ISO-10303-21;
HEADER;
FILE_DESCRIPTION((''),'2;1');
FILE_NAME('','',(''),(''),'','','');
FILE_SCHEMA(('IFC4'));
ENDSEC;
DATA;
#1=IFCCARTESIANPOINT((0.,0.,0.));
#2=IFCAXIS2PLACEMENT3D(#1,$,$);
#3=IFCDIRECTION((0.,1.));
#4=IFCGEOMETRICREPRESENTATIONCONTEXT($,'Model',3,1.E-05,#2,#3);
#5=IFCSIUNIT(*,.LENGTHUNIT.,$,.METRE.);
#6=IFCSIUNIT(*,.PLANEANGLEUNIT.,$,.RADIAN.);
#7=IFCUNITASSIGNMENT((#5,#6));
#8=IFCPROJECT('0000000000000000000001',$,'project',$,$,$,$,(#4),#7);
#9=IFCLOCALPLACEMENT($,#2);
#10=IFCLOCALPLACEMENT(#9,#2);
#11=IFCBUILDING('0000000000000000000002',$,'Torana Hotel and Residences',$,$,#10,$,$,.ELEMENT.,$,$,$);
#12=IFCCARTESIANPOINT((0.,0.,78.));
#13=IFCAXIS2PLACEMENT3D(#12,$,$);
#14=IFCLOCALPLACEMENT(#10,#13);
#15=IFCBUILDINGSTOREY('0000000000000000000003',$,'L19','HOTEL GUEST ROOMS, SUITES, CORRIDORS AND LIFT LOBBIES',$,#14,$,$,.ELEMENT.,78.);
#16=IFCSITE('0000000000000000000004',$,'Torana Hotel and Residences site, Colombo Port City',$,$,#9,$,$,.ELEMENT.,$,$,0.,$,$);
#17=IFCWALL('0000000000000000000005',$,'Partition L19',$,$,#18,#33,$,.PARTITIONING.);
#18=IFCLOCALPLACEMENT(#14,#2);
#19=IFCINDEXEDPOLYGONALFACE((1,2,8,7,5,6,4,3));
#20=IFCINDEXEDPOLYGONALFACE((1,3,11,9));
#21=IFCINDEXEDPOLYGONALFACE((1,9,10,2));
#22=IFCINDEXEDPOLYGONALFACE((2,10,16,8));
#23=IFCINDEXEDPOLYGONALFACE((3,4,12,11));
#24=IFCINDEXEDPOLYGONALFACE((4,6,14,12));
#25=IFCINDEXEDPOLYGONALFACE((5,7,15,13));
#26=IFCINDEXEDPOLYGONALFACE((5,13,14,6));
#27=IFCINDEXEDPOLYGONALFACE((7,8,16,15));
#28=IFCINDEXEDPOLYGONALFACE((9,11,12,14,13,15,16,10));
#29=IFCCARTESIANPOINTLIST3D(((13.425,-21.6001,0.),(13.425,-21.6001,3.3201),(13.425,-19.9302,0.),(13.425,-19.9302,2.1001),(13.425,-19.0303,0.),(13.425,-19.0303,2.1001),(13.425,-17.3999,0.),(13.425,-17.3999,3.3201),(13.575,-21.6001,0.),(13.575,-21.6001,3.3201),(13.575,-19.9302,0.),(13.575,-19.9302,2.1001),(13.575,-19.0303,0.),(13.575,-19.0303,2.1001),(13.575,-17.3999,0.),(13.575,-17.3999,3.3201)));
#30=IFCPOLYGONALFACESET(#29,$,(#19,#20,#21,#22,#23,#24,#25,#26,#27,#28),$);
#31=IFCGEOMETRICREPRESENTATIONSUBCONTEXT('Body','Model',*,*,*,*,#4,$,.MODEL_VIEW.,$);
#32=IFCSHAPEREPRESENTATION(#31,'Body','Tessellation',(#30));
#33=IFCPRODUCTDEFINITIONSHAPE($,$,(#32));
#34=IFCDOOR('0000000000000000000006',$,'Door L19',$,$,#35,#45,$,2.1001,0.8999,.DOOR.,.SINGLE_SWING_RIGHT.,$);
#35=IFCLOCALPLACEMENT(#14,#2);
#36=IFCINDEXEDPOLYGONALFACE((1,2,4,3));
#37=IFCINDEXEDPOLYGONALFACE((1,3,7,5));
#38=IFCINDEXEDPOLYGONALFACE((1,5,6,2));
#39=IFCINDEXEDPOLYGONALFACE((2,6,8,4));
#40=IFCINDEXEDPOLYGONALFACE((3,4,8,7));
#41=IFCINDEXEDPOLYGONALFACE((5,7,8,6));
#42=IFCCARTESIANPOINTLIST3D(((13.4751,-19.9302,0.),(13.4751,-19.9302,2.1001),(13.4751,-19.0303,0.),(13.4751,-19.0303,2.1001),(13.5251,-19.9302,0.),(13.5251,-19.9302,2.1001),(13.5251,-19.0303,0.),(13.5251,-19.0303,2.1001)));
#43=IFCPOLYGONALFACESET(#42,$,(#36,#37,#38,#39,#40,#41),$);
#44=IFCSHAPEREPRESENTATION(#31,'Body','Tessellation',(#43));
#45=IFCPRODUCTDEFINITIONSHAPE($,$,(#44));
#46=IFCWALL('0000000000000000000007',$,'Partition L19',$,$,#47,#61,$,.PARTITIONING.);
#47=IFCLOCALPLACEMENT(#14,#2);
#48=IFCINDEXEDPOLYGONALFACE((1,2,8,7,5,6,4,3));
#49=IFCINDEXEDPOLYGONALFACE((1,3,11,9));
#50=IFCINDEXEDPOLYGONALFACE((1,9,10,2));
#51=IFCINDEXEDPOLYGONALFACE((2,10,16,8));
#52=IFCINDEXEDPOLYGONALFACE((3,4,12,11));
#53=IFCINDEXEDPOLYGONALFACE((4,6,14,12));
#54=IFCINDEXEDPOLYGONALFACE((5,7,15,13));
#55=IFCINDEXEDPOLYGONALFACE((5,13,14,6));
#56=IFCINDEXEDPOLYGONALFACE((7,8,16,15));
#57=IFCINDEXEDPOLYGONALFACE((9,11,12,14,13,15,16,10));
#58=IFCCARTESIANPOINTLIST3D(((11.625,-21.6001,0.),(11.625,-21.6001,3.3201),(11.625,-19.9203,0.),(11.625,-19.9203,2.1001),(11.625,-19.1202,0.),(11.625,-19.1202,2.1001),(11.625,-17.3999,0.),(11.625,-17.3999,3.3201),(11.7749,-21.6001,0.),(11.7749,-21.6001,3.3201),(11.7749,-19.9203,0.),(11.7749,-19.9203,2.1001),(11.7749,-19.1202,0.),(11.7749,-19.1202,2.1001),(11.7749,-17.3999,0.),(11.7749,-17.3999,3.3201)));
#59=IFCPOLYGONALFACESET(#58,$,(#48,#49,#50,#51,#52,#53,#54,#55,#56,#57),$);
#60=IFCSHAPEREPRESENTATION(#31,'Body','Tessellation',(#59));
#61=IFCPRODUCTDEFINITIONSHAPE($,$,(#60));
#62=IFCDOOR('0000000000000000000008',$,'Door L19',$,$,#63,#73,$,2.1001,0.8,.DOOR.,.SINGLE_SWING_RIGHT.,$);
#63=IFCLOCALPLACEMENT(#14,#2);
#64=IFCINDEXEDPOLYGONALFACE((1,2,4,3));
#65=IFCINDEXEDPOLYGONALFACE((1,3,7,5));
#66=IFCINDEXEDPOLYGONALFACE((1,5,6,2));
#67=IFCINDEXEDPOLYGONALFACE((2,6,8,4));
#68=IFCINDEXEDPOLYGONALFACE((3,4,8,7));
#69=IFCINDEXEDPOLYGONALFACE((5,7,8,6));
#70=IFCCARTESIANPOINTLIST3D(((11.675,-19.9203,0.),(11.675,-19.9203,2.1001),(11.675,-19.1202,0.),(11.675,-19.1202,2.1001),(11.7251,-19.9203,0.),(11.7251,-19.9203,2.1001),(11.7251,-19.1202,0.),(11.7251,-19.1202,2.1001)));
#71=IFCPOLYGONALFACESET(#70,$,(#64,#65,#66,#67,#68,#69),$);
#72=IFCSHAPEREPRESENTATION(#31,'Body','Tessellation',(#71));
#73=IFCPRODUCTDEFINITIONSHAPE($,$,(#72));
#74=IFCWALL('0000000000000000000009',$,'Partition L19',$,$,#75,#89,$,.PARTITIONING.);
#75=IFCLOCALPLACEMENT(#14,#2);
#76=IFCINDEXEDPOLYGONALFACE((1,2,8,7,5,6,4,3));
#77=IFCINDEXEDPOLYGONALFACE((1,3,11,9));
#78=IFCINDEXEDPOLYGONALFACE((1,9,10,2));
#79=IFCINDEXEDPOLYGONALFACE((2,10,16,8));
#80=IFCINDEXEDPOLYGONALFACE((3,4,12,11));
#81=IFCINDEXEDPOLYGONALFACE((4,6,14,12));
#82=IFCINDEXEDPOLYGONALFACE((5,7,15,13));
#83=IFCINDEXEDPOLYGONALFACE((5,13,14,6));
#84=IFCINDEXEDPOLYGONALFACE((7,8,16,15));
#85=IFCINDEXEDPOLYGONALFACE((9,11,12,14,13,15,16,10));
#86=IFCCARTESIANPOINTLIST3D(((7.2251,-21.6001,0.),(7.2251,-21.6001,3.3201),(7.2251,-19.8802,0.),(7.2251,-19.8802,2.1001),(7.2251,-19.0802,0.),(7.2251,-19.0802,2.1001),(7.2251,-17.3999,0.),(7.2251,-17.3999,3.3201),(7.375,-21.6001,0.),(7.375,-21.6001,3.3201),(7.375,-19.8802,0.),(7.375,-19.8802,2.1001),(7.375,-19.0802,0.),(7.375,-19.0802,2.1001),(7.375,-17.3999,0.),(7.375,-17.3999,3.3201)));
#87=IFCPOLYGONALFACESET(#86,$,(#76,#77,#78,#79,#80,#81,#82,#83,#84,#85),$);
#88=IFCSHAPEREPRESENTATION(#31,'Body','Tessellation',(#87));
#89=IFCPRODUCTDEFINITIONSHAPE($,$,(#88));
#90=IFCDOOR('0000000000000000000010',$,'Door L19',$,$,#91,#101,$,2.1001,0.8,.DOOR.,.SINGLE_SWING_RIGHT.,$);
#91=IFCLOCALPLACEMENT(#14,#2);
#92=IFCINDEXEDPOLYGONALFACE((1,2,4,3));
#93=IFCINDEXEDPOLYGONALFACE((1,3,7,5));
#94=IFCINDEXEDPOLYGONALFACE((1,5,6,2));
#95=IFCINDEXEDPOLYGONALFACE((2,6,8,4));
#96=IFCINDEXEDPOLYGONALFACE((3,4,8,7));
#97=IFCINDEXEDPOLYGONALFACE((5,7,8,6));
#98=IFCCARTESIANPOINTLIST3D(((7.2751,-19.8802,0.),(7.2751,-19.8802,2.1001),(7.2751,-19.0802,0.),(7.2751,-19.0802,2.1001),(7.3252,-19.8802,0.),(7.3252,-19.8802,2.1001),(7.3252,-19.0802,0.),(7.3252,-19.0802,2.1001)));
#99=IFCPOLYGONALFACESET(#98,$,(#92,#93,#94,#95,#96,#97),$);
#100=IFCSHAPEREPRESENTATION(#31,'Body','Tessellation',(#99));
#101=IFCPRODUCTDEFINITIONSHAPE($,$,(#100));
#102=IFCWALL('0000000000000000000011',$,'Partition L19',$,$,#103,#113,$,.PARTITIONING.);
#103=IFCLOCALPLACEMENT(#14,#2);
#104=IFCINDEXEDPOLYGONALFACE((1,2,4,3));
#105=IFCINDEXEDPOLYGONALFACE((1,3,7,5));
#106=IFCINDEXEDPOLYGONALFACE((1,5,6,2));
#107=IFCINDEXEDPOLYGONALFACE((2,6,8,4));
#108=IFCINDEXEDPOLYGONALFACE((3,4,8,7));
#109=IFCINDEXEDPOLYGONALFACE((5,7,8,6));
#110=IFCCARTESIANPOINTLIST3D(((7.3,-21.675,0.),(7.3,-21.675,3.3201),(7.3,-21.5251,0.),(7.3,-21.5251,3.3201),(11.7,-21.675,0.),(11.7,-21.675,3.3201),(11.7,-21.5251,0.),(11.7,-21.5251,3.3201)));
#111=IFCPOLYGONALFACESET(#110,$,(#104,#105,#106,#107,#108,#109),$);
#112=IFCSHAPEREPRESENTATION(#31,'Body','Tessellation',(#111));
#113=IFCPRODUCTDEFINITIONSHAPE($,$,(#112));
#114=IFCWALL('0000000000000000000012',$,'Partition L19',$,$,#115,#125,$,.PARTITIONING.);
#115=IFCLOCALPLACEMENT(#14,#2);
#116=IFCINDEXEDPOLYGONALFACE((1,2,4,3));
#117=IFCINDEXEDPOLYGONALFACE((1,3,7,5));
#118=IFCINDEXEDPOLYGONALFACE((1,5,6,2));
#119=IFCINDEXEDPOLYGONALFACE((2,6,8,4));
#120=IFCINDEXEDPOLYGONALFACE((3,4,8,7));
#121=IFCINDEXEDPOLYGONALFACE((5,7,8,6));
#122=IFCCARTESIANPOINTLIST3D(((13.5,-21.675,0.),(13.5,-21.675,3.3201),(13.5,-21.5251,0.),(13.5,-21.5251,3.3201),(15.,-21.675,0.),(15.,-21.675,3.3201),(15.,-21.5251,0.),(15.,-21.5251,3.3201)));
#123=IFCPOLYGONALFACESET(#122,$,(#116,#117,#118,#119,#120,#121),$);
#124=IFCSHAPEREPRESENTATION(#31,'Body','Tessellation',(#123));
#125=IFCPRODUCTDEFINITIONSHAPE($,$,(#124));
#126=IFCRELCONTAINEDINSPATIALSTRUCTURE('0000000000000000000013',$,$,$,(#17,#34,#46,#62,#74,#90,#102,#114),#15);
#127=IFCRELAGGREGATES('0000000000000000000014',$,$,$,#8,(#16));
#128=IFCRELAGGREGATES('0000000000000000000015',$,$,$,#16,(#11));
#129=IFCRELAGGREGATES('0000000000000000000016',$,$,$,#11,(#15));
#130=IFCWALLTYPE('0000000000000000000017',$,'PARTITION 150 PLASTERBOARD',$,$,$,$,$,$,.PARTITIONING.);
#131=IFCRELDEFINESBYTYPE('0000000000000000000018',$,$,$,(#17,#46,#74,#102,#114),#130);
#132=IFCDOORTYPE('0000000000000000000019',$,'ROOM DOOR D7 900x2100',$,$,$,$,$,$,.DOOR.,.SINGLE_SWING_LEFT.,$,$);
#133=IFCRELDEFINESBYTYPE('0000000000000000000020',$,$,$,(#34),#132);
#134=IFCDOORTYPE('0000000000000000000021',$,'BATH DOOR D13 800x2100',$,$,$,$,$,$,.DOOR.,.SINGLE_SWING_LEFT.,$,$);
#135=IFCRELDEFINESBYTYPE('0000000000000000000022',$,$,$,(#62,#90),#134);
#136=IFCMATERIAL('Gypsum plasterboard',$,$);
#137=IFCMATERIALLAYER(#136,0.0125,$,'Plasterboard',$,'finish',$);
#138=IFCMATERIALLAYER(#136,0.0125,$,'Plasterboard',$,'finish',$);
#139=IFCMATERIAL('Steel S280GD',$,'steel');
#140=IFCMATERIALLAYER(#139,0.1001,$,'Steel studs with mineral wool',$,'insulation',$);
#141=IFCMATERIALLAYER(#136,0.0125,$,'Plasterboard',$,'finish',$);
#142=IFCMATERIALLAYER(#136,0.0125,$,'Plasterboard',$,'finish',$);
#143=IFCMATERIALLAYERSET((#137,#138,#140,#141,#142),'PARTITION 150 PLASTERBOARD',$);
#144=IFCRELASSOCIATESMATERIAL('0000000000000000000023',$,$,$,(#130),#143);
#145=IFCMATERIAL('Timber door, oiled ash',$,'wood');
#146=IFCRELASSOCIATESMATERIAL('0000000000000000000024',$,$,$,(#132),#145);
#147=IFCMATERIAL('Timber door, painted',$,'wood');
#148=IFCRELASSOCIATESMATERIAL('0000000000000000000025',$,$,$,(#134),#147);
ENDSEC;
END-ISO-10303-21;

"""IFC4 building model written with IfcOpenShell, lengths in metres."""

from ifc_helpers import new_model, si_unit, direction, frame, frame_2d, origin, place, context, subcontext, project, spatial, rectangle, extrude, material, layer, layer_set, type_object, element, fill, save


model = new_model("IFC4")

# Units and contexts
model_context = context("Model", 3, precision=1e-05, world=origin(), true_north=direction((0.0, 1.0)))
body_context = subcontext(model_context, "Body", "Model", "MODEL_VIEW")
ifc_project = project(units=[si_unit("LENGTHUNIT", "METRE"), si_unit("PLANEANGLEUNIT", "RADIAN")], contexts=[model_context])

# Site, building, storey
site_placement = place(None, origin())
site = spatial("IfcSite", under=ifc_project, at=site_placement, Name="Torana Hotel and Residences site, Colombo Port City", CompositionType="ELEMENT", RefElevation=0.0)
building_placement = place(site_placement, origin())
building = spatial("IfcBuilding", under=site, at=building_placement, Name="Torana Hotel and Residences", CompositionType="ELEMENT")
storey_placement = place(building_placement, frame((0.0, 0.0, 78.0)))
storey = spatial("IfcBuildingStorey", under=building, at=storey_placement, Name="L19", Description="HOTEL GUEST ROOMS, SUITES, CORRIDORS AND LIFT LOBBIES", CompositionType="ELEMENT", Elevation=78.0)

# Walls, openings, doors
ifc_material_1 = material(Name="Gypsum plasterboard")
ifc_layer_1 = layer(ifc_material_1, 0.0125, Name="Plasterboard", Category="finish")
ifc_layer_2 = layer(ifc_material_1, 0.0125, Name="Plasterboard", Category="finish")
ifc_material_2 = material(Name="Steel S280GD", Category="steel")
ifc_layer_3 = layer(ifc_material_2, 0.1001, Name="Steel studs with mineral wool", Category="insulation")
ifc_layer_4 = layer(ifc_material_1, 0.0125, Name="Plasterboard", Category="finish")
ifc_layer_5 = layer(ifc_material_1, 0.0125, Name="Plasterboard", Category="finish")
ifc_layer_set_1 = layer_set([ifc_layer_1, ifc_layer_2, ifc_layer_3, ifc_layer_4, ifc_layer_5], Name="PARTITION 150 PLASTERBOARD")
wall_type_1 = type_object("IfcWallType", Name="PARTITION 150 PLASTERBOARD", PredefinedType="PARTITIONING", material=ifc_layer_set_1)
wall_1_placement = place(storey_placement, frame((13.5, -21.6001, 0.0), z_axis=(0.0, 0.0, 1.0), x_axis=(0.0, 1.0, 0.0)))
wall_1 = element("IfcWall", 1, at=wall_1_placement, inside=storey, type_object=wall_type_1, Name="Partition L19", PredefinedType="PARTITIONING", context=body_context, shape_type="SweptSolid", body=[
    extrude(rectangle(XDim=4.2002, YDim=0.1499, at=frame_2d((2.1001, 0.0))), origin(), (0.0, 0.0, 1.0), 3.3201),
])
opening_1_placement = place(wall_1_placement, frame((1.6699, 0.0, 0.0)))
opening_1 = element("IfcOpeningElement", 2, at=opening_1_placement, cuts=wall_1, PredefinedType="OPENING", context=body_context, shape_type="SweptSolid", body=[
    extrude(rectangle(XDim=0.8999, YDim=2.1001, at=frame_2d((0.45, 1.05))), frame((0.0, 0.085, 0.0), z_axis=(0.0, -1.0, 0.0), x_axis=(1.0, 0.0, 0.0)), (0.0, 0.0, 1.0), 0.1699),
])
ifc_material_3 = material(Name="Timber door, oiled ash", Category="wood")
door_type_1 = type_object("IfcDoorType", Name="ROOM DOOR D7 900x2100", OperationType="SINGLE_SWING_LEFT", PredefinedType="DOOR", material=ifc_material_3)
door_1_placement = place(opening_1_placement, origin())
door_1 = element("IfcDoor", 3, at=door_1_placement, inside=storey, type_object=door_type_1, Name="Door L19", OperationType="SINGLE_SWING_RIGHT", OverallHeight=2.1001, OverallWidth=0.8999, PredefinedType="DOOR", context=body_context, shape_type="SweptSolid", body=[
    extrude(rectangle(XDim=0.8999, YDim=2.1001, at=frame_2d((0.45, 1.05))), frame((0.0, 0.0249, 0.0), z_axis=(0.0, -1.0, 0.0), x_axis=(1.0, 0.0, 0.0)), (0.0, 0.0, 1.0), 0.05),
])
fill(opening_1, door_1)
wall_2_placement = place(storey_placement, frame((11.7, -21.6001, 0.0), z_axis=(0.0, 0.0, 1.0), x_axis=(0.0, 1.0, 0.0)))
wall_2 = element("IfcWall", 4, at=wall_2_placement, inside=storey, type_object=wall_type_1, Name="Partition L19", PredefinedType="PARTITIONING", context=body_context, shape_type="SweptSolid", body=[
    extrude(rectangle(XDim=4.2002, YDim=0.1499, at=frame_2d((2.1001, 0.0))), origin(), (0.0, 0.0, 1.0), 3.3201),
])
opening_2_placement = place(wall_2_placement, frame((1.6799, 0.0, 0.0)))
opening_2 = element("IfcOpeningElement", 5, at=opening_2_placement, cuts=wall_2, PredefinedType="OPENING", context=body_context, shape_type="SweptSolid", body=[
    extrude(rectangle(XDim=0.8, YDim=2.1001, at=frame_2d((0.3999, 1.05))), frame((0.0, 0.085, 0.0), z_axis=(0.0, -1.0, 0.0), x_axis=(1.0, 0.0, 0.0)), (0.0, 0.0, 1.0), 0.1699),
])
ifc_material_4 = material(Name="Timber door, painted", Category="wood")
door_type_2 = type_object("IfcDoorType", Name="BATH DOOR D13 800x2100", OperationType="SINGLE_SWING_LEFT", PredefinedType="DOOR", material=ifc_material_4)
door_2_placement = place(opening_2_placement, origin())
door_2 = element("IfcDoor", 6, at=door_2_placement, inside=storey, type_object=door_type_2, Name="Door L19", OperationType="SINGLE_SWING_RIGHT", OverallHeight=2.1001, OverallWidth=0.8, PredefinedType="DOOR", context=body_context, shape_type="SweptSolid", body=[
    extrude(rectangle(XDim=0.8, YDim=2.1001, at=frame_2d((0.3999, 1.05))), frame((0.0, 0.0249, 0.0), z_axis=(0.0, -1.0, 0.0), x_axis=(1.0, 0.0, 0.0)), (0.0, 0.0, 1.0), 0.05),
])
fill(opening_2, door_2)
wall_3_placement = place(storey_placement, frame((7.3, -21.6001, 0.0), z_axis=(0.0, 0.0, 1.0), x_axis=(0.0, 1.0, 0.0)))
wall_3 = element("IfcWall", 7, at=wall_3_placement, inside=storey, type_object=wall_type_1, Name="Partition L19", PredefinedType="PARTITIONING", context=body_context, shape_type="SweptSolid", body=[
    extrude(rectangle(XDim=4.2002, YDim=0.1499, at=frame_2d((2.1001, 0.0))), origin(), (0.0, 0.0, 1.0), 3.3201),
])
opening_3_placement = place(wall_3_placement, frame((1.72, 0.0, 0.0)))
opening_3 = element("IfcOpeningElement", 8, at=opening_3_placement, cuts=wall_3, PredefinedType="OPENING", context=body_context, shape_type="SweptSolid", body=[
    extrude(rectangle(XDim=0.8, YDim=2.1001, at=frame_2d((0.3999, 1.05))), frame((0.0, 0.085, 0.0), z_axis=(0.0, -1.0, 0.0), x_axis=(1.0, 0.0, 0.0)), (0.0, 0.0, 1.0), 0.1699),
])
door_3_placement = place(opening_3_placement, origin())
door_3 = element("IfcDoor", 9, at=door_3_placement, inside=storey, type_object=door_type_2, Name="Door L19", OperationType="SINGLE_SWING_RIGHT", OverallHeight=2.1001, OverallWidth=0.8, PredefinedType="DOOR", context=body_context, shape_type="SweptSolid", body=[
    extrude(rectangle(XDim=0.8, YDim=2.1001, at=frame_2d((0.3999, 1.05))), frame((0.0, 0.0249, 0.0), z_axis=(0.0, -1.0, 0.0), x_axis=(1.0, 0.0, 0.0)), (0.0, 0.0, 1.0), 0.05),
])
fill(opening_3, door_3)

# Walls
wall_4_placement = place(storey_placement, frame((7.3, -21.6001, 0.0), z_axis=(0.0, 0.0, 1.0), x_axis=(1.0, 0.0, 0.0)))
element("IfcWall", 10, at=wall_4_placement, inside=storey, type_object=wall_type_1, Name="Partition L19", PredefinedType="PARTITIONING", context=body_context, shape_type="SweptSolid", body=[
    extrude(rectangle(XDim=4.3999, YDim=0.1499, at=frame_2d((2.2, 0.0))), origin(), (0.0, 0.0, 1.0), 3.3201),
])
wall_5_placement = place(storey_placement, frame((13.5, -21.6001, 0.0), z_axis=(0.0, 0.0, 1.0), x_axis=(1.0, 0.0, 0.0)))
element("IfcWall", 11, at=wall_5_placement, inside=storey, type_object=wall_type_1, Name="Partition L19", PredefinedType="PARTITIONING", context=body_context, shape_type="SweptSolid", body=[
    extrude(rectangle(XDim=1.5, YDim=0.1499, at=frame_2d((0.75, 0.0))), origin(), (0.0, 0.0, 1.0), 3.3201),
])

save(model, "model.ifc")
